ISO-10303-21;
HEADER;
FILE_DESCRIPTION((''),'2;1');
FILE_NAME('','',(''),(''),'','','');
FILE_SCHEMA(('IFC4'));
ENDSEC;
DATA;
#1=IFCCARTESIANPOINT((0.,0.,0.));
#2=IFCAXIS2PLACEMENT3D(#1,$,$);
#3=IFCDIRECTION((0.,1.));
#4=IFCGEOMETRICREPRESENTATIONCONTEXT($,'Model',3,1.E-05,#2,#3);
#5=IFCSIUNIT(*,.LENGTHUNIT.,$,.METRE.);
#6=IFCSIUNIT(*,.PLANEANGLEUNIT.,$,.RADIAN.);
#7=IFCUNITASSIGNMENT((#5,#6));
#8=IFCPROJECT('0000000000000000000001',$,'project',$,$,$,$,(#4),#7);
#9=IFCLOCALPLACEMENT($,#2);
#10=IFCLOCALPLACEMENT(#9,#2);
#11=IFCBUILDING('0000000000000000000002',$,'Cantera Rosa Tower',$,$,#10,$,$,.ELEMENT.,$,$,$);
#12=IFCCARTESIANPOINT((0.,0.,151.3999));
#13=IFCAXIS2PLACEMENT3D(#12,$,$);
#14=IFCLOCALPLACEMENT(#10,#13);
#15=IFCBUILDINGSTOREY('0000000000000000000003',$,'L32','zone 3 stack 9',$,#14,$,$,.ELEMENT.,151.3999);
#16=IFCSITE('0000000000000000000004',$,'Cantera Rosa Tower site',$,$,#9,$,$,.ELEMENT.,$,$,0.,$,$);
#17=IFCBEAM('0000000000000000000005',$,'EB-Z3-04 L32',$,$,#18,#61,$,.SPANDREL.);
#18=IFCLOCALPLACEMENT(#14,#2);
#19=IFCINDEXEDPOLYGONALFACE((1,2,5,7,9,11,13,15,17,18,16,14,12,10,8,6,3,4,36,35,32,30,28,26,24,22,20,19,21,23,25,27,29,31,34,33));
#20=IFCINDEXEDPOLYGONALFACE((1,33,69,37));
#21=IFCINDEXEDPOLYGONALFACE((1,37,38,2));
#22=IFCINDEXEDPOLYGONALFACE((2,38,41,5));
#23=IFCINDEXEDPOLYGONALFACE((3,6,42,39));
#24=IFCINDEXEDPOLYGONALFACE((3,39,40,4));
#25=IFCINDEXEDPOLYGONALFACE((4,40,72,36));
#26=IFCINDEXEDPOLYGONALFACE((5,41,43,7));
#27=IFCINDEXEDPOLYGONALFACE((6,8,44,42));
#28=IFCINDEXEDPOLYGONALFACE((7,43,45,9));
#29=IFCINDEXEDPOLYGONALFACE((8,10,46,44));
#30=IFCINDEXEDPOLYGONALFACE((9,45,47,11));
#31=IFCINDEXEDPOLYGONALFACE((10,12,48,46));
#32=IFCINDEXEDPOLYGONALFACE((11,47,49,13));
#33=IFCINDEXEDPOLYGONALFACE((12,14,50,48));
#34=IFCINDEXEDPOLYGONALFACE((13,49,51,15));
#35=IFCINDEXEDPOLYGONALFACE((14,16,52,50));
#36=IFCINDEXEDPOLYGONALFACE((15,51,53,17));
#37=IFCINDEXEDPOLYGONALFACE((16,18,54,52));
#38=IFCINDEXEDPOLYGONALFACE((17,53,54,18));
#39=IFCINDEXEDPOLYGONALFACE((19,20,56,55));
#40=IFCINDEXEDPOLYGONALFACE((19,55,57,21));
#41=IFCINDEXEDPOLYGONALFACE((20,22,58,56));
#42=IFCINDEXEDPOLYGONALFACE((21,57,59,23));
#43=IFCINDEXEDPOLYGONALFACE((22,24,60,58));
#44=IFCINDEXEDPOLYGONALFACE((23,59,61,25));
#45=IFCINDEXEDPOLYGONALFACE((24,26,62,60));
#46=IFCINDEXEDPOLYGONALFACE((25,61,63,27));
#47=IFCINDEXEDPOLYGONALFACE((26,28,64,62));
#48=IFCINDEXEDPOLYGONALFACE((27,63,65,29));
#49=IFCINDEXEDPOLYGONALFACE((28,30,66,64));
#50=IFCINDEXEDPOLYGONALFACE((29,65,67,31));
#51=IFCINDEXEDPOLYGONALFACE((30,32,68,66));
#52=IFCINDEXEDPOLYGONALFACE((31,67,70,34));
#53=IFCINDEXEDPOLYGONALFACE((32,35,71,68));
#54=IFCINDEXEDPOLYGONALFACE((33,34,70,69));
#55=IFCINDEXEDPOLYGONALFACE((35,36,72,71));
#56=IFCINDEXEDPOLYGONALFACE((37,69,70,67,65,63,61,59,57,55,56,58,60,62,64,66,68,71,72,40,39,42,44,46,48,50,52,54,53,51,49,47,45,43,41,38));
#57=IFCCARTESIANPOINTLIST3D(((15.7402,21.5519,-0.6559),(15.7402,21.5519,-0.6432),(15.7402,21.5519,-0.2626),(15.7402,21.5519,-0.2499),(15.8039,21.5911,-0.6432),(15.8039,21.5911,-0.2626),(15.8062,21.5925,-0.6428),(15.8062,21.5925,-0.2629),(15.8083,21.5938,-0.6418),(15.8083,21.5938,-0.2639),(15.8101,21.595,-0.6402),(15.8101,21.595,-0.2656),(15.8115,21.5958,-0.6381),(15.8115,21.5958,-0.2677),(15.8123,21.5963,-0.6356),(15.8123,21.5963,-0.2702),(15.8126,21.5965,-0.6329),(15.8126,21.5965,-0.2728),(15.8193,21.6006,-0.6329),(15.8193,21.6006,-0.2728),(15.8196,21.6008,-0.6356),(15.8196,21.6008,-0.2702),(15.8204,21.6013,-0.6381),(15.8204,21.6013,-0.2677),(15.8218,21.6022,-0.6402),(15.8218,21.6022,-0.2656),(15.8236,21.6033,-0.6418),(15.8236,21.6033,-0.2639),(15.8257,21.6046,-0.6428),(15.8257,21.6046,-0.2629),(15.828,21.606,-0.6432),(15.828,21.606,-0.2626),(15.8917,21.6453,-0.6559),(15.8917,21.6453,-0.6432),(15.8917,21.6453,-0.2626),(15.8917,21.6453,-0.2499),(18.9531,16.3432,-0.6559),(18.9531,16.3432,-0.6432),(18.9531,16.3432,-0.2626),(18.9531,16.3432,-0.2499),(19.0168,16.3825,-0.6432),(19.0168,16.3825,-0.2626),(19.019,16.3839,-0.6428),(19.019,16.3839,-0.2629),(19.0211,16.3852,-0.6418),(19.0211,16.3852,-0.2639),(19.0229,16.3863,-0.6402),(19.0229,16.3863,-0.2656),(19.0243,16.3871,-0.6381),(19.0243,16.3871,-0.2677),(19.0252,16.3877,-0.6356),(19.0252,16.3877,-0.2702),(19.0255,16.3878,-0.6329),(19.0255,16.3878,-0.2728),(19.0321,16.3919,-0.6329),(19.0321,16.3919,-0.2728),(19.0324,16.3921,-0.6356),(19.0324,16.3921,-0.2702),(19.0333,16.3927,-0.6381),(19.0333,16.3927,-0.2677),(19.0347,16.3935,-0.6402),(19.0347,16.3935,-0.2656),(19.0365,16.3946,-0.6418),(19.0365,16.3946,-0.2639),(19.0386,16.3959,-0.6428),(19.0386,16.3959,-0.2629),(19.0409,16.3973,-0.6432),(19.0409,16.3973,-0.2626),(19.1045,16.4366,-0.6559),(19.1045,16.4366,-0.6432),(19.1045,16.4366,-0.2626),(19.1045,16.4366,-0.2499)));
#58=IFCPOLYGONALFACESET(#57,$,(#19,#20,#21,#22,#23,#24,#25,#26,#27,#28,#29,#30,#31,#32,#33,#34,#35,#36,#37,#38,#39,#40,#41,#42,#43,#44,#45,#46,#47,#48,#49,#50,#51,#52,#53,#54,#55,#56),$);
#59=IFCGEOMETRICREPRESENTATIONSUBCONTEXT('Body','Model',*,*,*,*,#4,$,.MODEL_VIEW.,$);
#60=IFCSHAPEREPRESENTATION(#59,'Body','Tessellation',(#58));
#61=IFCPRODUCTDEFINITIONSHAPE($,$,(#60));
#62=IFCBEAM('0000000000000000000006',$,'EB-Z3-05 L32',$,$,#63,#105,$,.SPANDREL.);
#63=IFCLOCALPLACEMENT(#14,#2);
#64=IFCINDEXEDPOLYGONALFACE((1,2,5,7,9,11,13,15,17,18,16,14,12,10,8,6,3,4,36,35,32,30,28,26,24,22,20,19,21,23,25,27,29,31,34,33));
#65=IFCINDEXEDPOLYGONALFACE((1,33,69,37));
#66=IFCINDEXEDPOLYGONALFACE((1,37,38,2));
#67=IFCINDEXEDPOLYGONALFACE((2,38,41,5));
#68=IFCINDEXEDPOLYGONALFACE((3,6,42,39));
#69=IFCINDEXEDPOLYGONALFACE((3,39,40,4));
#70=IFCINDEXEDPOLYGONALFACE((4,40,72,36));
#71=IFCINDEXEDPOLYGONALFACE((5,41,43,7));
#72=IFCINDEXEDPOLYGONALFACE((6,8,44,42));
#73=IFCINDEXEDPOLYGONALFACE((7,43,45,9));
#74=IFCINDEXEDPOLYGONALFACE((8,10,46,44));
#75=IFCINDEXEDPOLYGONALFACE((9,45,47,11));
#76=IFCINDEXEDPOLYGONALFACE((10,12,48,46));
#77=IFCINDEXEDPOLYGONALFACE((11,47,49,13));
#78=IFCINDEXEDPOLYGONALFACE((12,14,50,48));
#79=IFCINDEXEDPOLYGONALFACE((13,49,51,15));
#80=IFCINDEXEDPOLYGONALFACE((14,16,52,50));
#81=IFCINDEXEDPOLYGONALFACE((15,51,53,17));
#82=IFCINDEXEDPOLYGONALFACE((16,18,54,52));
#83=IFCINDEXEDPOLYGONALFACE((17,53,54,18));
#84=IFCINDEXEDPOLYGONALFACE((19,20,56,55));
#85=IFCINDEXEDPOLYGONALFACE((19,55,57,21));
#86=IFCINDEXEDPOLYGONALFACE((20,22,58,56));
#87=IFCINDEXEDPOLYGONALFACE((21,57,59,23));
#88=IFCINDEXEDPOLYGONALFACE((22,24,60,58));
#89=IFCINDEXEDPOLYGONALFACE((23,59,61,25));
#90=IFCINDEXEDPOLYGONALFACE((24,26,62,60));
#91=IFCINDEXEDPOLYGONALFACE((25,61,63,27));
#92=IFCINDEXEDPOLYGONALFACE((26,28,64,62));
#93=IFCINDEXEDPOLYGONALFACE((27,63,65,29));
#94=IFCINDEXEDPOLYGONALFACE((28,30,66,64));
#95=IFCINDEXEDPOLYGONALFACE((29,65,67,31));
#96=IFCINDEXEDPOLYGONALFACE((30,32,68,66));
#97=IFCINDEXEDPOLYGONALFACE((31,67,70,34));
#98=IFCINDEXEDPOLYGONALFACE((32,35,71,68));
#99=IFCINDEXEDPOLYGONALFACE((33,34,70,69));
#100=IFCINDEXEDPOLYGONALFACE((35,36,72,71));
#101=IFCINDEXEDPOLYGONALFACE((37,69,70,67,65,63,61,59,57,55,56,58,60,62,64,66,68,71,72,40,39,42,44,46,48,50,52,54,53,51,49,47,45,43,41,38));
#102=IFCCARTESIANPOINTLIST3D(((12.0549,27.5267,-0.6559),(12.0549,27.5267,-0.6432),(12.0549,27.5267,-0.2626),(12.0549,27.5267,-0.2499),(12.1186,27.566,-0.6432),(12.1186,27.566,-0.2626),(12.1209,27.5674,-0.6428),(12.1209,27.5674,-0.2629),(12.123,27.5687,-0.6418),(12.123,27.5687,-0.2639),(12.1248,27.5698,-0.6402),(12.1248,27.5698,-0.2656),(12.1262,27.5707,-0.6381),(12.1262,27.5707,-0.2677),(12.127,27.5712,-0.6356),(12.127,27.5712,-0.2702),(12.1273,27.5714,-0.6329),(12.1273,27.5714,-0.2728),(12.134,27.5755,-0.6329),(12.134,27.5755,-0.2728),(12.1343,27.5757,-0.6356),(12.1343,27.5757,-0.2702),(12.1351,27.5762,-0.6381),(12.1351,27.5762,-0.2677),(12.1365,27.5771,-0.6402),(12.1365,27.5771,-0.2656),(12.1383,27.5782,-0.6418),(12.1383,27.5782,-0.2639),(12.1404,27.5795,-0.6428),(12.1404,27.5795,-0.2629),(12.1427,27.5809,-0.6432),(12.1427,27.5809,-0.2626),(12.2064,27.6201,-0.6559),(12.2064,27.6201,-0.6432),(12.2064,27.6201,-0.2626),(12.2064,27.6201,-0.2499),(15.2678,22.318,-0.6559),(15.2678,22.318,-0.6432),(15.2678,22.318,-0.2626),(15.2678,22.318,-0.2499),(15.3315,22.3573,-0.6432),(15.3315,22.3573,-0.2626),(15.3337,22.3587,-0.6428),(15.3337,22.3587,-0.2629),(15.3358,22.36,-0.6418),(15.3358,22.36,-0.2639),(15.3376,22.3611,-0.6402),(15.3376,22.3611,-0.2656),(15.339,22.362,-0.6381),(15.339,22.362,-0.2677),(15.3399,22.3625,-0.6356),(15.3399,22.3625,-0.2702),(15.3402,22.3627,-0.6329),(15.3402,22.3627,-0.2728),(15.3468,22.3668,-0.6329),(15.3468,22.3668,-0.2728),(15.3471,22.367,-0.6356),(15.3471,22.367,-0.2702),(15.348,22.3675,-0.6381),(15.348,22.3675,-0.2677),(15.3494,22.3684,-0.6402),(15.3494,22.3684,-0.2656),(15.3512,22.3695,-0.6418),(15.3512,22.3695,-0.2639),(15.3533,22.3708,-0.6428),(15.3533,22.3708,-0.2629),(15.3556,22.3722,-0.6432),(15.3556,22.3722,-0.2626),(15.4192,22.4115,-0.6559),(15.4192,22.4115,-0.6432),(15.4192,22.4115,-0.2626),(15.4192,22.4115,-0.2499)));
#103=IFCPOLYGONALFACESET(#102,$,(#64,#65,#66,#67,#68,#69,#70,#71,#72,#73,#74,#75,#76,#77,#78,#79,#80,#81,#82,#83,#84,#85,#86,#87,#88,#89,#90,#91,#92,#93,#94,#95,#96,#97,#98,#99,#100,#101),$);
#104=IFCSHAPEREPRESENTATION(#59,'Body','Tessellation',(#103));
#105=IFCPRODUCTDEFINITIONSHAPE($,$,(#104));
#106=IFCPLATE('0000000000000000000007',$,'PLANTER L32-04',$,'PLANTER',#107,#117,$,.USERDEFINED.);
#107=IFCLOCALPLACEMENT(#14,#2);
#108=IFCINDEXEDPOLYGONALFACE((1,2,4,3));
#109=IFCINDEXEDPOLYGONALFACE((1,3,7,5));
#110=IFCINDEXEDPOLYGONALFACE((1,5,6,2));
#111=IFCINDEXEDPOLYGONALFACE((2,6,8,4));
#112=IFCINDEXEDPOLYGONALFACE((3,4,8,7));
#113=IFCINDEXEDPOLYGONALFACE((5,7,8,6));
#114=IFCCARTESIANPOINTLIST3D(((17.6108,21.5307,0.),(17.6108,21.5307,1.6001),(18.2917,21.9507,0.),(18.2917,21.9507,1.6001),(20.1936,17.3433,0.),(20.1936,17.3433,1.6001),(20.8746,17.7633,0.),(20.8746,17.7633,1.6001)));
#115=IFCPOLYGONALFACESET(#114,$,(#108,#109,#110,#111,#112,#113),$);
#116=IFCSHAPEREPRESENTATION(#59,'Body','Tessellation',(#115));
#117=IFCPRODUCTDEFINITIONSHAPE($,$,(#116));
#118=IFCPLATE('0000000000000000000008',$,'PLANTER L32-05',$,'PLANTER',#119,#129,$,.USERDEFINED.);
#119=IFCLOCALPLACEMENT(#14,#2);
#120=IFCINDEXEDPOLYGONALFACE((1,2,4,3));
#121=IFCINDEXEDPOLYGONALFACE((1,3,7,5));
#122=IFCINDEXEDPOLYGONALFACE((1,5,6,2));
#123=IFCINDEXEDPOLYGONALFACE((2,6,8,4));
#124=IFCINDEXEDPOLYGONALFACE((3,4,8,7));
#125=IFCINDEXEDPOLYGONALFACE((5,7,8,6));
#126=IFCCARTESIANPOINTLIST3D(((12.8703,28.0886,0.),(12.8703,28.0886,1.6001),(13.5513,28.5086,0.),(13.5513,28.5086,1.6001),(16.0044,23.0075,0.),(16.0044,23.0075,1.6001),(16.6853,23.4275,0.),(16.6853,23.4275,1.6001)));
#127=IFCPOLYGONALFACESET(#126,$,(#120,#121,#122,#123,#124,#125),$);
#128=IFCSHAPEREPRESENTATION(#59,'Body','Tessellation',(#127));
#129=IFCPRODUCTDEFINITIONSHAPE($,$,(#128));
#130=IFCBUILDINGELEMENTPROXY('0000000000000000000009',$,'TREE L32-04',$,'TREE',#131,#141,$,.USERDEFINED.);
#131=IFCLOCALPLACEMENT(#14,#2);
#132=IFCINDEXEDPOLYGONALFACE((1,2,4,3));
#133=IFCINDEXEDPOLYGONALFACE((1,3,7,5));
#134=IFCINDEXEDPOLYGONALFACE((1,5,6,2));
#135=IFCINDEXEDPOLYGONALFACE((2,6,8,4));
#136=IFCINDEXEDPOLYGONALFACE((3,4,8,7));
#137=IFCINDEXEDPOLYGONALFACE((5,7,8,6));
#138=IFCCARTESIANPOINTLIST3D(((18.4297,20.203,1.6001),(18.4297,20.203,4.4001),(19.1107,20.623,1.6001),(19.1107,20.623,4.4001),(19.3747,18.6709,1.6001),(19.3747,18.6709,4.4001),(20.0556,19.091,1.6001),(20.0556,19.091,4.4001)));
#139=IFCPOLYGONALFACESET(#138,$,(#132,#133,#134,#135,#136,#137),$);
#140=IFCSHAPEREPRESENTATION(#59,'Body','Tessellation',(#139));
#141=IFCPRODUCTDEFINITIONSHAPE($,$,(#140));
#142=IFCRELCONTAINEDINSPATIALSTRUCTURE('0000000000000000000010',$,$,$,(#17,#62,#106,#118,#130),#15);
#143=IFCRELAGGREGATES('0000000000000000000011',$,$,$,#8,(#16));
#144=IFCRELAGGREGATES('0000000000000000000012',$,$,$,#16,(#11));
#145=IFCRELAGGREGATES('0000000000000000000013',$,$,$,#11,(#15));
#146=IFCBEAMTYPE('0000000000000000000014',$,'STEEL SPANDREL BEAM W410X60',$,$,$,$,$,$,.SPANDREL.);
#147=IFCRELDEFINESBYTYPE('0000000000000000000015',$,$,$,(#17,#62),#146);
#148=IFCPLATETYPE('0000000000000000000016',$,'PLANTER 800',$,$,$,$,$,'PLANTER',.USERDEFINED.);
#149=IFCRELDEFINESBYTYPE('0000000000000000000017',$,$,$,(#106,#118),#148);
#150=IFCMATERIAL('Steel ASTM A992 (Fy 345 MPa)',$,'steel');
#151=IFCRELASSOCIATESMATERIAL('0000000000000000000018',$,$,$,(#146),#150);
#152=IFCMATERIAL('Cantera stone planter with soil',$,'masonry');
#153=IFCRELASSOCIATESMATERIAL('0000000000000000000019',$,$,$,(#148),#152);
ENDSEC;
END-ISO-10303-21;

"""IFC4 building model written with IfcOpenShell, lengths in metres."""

from ifc_helpers import new_model, si_unit, direction, frame, origin, origin_2d, place, context, subcontext, project, spatial, rectangle, i_section, extrude, material, material_profile, profile_set, type_object, element, save


model = new_model("IFC4")

# Units and contexts
model_context = context("Model", 3, precision=1e-05, world=origin(), true_north=direction((0.0, 1.0)))
body_context = subcontext(model_context, "Body", "Model", "MODEL_VIEW")
ifc_project = project(units=[si_unit("LENGTHUNIT", "METRE"), si_unit("PLANEANGLEUNIT", "RADIAN")], contexts=[model_context])

# Site, building, storey
site_placement = place(None, origin())
site = spatial("IfcSite", under=ifc_project, at=site_placement, Name="Cantera Rosa Tower site", CompositionType="ELEMENT", RefElevation=0.0)
building_placement = place(site_placement, origin())
building = spatial("IfcBuilding", under=site, at=building_placement, Name="Cantera Rosa Tower", CompositionType="ELEMENT")
storey_placement = place(building_placement, frame((0.0, 0.0, 151.3999)))
storey = spatial("IfcBuildingStorey", under=building, at=storey_placement, Name="L32", Description="zone 3 stack 9", CompositionType="ELEMENT", Elevation=151.3999)

# Beams
ifc_material_1 = material(Name="Steel ASTM A992 (Fy 345 MPa)", Category="steel")
ifc_material_profile_1 = material_profile(ifc_material_1, i_section(OverallWidth=0.178, OverallDepth=0.406, WebThickness=0.0078, FlangeThickness=0.0127, FilletRadius=0.0103, at=origin_2d()), Name="W410X60")
ifc_profile_set_1 = profile_set([ifc_material_profile_1], Name="Steel ASTM A992 (Fy 345 MPa)")
beam_type_1 = type_object("IfcBeamType", Name="STEEL SPANDREL BEAM W410X60", PredefinedType="SPANDREL", material=ifc_profile_set_1)
for number, where, z_axis, x_axis, name in (
    (1, (19.0288, 16.3899, -0.4529), (-0.524987, 0.85111, 0.0), (-0.85111, -0.524987, 0.0), "EB-Z3-04 L32"),
    (2, (15.3435, 22.3647, -0.4529), (-0.524987, 0.85111, 0.0), (-0.85111, -0.524987, 0.0), "EB-Z3-05 L32"),
):
    element("IfcBeam", number, at=place(storey_placement, frame(where, z_axis=z_axis, x_axis=x_axis)), inside=storey, type_object=beam_type_1, Name=name, PredefinedType="SPANDREL", context=body_context, shape_type="SweptSolid", body=[
        extrude(i_section(OverallWidth=0.178, OverallDepth=0.406, WebThickness=0.0078, FlangeThickness=0.0127, FilletRadius=0.0103, at=origin_2d()), origin(), (0.0, 0.0, 1.0), 6.1199),
    ])

# Plates
ifc_material_2 = material(Name="Cantera stone planter with soil", Category="masonry")
plate_type = type_object("IfcPlateType", Name="PLANTER 800", ElementType="PLANTER", PredefinedType="USERDEFINED", material=ifc_material_2)
plate_1_placement = place(storey_placement, frame((19.2427, 19.647, 0.0), z_axis=(0.0, 0.0, 1.0), x_axis=(-0.524977, 0.851117, 0.0)))
element("IfcPlate", 3, at=plate_1_placement, inside=storey, type_object=plate_type, Name="PLANTER L32-04", ObjectType="PLANTER", PredefinedType="USERDEFINED", context=body_context, shape_type="SweptSolid", body=[
    extrude(rectangle(XDim=4.9199, YDim=0.8, at=origin_2d()), origin(), (0.0, 0.0, 1.0), 1.6001),
])
plate_2_placement = place(storey_placement, frame((14.7778, 25.7581, 0.0), z_axis=(0.0, 0.0, 1.0), x_axis=(-0.524977, 0.851117, 0.0)))
element("IfcPlate", 4, at=plate_2_placement, inside=storey, type_object=plate_type, Name="PLANTER L32-05", ObjectType="PLANTER", PredefinedType="USERDEFINED", context=body_context, shape_type="SweptSolid", body=[
    extrude(rectangle(XDim=5.97, YDim=0.8, at=origin_2d()), origin(), (0.0, 0.0, 1.0), 1.6001),
])

# Building element proxy
proxy_placement = place(storey_placement, frame((19.2427, 19.647, 1.6001), z_axis=(0.0, 0.0, 1.0), x_axis=(-0.524977, 0.851117, 0.0)))
element("IfcBuildingElementProxy", 5, at=proxy_placement, inside=storey, Name="TREE L32-04", ObjectType="TREE", PredefinedType="USERDEFINED", context=body_context, shape_type="SweptSolid", body=[
    extrude(rectangle(XDim=1.8, YDim=0.8, at=origin_2d()), origin(), (0.0, 0.0, 1.0), 2.8),
])

save(model, "model.ifc")
